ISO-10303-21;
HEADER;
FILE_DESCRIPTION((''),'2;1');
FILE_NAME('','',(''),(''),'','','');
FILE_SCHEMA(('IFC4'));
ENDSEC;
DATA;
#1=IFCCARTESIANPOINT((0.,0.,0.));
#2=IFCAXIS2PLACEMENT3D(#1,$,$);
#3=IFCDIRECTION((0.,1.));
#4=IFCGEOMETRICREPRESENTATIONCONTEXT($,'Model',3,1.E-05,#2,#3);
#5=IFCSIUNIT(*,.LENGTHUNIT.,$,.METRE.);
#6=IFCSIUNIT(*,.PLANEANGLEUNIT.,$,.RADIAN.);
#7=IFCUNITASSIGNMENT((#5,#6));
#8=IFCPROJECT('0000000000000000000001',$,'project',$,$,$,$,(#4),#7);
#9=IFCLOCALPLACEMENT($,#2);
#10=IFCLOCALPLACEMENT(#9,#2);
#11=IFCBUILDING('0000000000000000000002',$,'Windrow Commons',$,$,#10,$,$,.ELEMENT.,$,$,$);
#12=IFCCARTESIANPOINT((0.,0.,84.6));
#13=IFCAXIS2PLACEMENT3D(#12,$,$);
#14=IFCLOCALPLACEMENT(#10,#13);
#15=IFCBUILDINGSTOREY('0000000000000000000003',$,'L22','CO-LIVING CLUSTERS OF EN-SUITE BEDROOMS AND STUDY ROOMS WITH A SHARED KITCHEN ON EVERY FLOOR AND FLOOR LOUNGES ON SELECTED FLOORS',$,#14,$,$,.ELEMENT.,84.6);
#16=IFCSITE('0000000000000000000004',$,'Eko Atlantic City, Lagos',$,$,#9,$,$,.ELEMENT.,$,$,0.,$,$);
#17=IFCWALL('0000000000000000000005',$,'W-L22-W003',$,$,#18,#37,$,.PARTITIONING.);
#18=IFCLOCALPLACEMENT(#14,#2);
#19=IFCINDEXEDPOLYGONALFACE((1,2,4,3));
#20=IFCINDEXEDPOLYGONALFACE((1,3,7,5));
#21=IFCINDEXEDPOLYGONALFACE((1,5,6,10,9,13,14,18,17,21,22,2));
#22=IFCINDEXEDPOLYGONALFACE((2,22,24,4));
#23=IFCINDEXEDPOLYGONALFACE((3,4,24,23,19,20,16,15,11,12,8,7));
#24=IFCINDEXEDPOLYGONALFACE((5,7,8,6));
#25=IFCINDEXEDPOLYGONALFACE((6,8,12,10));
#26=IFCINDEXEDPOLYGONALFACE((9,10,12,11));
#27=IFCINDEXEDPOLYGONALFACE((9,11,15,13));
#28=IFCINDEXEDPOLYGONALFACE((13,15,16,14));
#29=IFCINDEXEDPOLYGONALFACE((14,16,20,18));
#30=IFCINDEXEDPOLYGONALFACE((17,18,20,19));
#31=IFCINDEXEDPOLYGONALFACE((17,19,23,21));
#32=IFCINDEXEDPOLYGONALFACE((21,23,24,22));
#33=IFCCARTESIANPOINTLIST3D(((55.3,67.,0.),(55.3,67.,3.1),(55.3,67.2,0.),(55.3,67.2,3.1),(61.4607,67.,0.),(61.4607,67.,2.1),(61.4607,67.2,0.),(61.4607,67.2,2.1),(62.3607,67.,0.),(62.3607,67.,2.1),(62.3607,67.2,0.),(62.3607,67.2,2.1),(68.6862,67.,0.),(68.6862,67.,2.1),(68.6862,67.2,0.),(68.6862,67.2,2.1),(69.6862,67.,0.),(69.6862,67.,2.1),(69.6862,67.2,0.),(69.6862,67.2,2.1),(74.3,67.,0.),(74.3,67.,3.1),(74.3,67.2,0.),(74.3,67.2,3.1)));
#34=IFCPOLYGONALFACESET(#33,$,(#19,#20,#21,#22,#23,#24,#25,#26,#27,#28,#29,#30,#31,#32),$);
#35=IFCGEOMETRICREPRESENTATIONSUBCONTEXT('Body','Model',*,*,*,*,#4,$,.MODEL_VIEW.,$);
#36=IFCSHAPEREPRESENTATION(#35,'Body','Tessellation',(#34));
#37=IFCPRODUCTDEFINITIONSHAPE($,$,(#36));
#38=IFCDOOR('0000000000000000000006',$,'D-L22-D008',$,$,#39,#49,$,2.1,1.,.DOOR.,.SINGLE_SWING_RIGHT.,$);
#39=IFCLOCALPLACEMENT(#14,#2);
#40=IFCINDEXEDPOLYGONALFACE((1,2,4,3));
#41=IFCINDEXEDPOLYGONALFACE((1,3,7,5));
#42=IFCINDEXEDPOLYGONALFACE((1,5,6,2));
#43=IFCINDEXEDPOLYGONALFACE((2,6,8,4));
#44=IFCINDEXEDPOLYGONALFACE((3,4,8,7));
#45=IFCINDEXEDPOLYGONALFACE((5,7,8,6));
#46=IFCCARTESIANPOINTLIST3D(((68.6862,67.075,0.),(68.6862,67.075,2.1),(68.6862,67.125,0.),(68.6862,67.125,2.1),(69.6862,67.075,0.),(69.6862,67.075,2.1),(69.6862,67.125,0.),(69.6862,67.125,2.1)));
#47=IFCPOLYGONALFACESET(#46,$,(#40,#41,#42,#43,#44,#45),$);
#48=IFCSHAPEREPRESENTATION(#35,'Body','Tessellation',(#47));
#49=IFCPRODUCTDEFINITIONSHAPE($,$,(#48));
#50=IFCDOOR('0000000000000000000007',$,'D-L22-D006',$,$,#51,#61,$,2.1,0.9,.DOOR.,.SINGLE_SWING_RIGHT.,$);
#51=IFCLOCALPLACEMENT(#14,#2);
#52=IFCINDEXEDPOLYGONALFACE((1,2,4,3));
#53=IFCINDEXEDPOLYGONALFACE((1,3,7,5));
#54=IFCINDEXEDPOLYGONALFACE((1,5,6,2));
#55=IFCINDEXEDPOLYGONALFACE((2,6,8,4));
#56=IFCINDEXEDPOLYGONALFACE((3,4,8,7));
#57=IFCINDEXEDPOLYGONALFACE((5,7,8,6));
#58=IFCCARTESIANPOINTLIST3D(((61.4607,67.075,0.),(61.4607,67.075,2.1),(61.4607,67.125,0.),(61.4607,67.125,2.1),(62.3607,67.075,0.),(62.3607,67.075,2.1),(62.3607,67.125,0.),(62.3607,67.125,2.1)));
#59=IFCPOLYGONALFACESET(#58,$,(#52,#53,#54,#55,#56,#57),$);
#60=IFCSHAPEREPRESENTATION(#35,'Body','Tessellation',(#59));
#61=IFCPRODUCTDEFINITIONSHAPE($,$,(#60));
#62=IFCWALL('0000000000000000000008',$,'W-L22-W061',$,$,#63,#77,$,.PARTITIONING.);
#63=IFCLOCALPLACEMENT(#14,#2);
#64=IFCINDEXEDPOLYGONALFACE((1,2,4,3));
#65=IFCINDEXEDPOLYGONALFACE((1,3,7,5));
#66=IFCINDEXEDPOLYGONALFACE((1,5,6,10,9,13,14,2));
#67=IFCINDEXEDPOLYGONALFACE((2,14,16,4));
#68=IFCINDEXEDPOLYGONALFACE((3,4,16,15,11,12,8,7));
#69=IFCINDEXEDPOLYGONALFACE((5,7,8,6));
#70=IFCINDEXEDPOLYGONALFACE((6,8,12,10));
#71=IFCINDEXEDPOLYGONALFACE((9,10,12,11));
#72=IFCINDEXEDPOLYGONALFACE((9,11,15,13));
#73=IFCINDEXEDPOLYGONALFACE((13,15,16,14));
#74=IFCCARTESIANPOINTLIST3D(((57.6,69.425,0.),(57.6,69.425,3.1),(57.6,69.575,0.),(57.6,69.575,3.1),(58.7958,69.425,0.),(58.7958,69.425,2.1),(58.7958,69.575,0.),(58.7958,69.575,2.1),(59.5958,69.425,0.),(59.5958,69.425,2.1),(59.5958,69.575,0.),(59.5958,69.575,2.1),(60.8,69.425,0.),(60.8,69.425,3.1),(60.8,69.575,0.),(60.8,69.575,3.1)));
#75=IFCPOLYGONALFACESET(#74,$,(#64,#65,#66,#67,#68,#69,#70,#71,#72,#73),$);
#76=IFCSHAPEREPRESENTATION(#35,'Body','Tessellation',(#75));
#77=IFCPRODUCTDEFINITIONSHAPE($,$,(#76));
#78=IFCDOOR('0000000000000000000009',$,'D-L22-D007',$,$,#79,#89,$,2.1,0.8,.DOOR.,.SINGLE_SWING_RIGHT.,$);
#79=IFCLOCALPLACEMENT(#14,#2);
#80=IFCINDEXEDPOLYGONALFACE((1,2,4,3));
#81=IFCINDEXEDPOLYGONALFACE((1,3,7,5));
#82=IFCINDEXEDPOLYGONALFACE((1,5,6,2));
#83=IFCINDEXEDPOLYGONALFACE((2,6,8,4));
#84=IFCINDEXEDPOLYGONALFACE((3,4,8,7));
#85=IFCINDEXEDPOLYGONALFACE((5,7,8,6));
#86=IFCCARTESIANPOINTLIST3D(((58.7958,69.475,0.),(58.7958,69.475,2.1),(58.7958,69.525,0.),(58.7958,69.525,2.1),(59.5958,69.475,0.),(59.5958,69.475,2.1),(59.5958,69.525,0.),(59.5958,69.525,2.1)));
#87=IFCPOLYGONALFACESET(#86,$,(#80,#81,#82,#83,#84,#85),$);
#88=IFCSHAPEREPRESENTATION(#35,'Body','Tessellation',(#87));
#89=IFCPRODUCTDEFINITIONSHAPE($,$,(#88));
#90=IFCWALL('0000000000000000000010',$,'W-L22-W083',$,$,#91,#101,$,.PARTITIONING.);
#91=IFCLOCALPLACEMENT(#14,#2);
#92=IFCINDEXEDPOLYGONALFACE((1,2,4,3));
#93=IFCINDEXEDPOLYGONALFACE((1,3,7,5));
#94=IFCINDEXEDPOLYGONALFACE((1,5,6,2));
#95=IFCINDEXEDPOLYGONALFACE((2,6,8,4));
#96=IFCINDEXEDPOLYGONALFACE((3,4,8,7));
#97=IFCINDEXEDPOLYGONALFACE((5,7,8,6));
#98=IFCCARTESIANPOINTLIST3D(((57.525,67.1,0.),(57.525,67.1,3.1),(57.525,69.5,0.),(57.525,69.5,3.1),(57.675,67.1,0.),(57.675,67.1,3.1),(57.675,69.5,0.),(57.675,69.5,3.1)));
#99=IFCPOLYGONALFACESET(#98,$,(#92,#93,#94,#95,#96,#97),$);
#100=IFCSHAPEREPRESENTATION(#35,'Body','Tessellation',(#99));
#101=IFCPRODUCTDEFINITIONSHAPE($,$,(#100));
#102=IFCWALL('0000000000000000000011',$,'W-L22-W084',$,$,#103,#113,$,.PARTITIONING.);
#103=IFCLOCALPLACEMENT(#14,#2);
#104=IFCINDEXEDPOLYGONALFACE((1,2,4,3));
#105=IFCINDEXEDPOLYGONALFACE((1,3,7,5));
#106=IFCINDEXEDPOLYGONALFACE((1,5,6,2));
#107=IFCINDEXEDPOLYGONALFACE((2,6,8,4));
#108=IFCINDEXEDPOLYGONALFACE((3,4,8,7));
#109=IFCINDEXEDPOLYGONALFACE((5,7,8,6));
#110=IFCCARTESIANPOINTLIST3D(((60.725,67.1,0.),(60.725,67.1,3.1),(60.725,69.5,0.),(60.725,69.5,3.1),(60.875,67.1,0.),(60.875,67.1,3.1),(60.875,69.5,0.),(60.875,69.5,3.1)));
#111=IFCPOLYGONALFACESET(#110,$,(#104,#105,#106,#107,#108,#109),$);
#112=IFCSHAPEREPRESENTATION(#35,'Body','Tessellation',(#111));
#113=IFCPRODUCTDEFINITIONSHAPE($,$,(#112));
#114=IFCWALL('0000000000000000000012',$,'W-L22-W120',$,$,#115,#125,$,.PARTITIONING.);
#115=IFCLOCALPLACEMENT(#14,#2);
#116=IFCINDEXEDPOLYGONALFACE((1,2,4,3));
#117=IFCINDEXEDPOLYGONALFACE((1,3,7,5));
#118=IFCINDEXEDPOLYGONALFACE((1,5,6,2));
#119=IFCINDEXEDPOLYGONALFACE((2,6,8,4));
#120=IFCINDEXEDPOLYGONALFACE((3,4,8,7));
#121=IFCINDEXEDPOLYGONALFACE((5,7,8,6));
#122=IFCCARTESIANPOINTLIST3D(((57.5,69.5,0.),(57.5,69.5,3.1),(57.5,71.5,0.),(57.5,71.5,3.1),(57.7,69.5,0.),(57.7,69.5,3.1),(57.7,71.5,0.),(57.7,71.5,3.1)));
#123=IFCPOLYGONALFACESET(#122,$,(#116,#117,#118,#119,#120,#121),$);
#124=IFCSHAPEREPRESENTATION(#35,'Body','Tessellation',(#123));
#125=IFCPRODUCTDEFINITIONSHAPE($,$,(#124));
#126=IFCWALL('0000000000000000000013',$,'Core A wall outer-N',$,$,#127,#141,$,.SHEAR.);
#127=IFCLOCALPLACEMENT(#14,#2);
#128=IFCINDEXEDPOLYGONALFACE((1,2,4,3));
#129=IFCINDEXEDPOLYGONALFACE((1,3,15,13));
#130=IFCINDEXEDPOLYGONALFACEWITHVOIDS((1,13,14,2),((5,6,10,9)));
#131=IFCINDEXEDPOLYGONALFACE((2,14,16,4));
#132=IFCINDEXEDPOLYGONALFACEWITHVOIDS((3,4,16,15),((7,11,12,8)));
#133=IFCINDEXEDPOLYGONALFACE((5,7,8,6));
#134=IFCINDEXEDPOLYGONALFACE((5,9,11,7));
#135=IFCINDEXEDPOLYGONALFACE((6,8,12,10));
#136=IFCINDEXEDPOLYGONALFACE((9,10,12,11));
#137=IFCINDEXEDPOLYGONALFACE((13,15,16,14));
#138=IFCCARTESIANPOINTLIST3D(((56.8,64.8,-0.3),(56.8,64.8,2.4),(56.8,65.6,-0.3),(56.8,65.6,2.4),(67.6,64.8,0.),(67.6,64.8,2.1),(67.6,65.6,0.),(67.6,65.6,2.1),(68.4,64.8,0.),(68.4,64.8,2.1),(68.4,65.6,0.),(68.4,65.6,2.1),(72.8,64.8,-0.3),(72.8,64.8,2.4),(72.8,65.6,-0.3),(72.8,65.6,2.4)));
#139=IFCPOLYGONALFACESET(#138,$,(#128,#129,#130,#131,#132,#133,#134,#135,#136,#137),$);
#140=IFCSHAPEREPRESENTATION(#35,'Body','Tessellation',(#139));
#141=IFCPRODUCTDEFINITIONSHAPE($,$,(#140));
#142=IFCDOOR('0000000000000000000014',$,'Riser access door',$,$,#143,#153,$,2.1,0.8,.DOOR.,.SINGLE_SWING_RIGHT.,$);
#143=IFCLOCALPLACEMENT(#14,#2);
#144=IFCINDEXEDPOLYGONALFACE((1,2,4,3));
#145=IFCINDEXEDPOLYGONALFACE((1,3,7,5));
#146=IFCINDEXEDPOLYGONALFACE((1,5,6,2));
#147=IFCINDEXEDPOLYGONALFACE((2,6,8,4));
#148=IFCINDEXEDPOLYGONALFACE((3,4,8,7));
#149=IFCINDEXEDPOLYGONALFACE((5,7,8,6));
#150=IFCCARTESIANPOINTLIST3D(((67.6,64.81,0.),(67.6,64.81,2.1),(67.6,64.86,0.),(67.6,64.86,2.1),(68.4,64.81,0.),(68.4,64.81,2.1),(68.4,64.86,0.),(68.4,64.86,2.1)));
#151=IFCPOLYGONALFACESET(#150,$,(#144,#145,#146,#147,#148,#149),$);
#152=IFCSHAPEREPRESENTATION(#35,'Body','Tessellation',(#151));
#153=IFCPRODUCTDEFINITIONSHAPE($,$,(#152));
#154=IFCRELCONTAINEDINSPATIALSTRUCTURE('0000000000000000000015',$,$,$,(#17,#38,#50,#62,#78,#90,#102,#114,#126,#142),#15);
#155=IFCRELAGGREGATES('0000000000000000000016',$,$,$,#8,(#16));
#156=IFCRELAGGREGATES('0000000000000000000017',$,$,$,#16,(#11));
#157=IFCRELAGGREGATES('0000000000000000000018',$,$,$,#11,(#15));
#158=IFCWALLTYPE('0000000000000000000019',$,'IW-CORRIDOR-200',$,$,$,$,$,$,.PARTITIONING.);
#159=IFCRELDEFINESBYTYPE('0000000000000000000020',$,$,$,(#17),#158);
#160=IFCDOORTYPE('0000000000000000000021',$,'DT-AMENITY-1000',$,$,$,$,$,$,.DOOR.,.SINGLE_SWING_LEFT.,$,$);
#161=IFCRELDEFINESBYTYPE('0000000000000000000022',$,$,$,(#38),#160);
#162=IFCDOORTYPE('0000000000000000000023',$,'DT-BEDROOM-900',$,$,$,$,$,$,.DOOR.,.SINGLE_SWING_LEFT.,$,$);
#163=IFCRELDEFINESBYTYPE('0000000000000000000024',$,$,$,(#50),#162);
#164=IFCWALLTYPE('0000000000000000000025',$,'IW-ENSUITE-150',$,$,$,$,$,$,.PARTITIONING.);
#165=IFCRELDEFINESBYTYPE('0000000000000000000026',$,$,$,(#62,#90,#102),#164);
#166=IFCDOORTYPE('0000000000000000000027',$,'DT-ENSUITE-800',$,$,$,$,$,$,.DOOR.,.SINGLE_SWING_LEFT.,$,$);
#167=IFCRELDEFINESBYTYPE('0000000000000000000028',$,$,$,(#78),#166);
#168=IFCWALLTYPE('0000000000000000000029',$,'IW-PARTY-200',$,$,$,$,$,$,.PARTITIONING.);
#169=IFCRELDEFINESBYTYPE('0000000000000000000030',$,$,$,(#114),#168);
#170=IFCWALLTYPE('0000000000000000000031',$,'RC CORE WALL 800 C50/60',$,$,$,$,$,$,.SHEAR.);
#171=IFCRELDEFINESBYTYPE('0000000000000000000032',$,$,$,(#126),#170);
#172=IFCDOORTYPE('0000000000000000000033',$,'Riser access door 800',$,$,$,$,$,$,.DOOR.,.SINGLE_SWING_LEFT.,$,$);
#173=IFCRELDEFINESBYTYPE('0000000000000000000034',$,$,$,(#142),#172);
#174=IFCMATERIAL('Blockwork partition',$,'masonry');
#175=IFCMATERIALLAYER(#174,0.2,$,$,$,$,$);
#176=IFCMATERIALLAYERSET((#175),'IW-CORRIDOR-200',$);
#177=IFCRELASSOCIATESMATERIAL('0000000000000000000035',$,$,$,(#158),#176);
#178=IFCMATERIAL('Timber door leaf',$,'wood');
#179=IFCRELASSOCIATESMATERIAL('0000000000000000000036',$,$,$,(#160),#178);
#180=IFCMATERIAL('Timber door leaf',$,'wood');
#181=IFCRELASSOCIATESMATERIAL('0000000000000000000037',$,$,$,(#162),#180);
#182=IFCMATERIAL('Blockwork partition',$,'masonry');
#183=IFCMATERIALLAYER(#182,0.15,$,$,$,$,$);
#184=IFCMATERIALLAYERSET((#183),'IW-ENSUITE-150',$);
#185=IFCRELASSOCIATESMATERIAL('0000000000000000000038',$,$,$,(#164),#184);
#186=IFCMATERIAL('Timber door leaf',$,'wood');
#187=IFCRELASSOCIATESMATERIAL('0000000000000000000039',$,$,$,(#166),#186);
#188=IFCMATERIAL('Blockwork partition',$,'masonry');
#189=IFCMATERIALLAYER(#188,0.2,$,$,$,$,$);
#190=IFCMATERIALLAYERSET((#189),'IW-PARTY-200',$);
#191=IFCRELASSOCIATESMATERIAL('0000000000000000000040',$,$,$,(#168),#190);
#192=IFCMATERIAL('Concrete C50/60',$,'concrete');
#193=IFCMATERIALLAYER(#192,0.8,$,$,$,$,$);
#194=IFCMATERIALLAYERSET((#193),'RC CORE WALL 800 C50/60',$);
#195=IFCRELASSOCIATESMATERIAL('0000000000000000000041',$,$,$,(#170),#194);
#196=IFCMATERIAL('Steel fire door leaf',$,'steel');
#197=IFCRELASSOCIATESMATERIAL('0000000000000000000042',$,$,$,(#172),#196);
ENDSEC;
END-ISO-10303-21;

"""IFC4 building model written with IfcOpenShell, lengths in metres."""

from ifc_helpers import new_model, si_unit, direction, frame, frame_2d, origin, place, context, subcontext, project, spatial, rectangle, extrude, material, layer, layer_set, type_object, element, fill, save


model = new_model("IFC4")

# Units and contexts
model_context = context("Model", 3, precision=1e-05, world=origin(), true_north=direction((0.0, 1.0)))
body_context = subcontext(model_context, "Body", "Model", "MODEL_VIEW")
ifc_project = project(units=[si_unit("LENGTHUNIT", "METRE"), si_unit("PLANEANGLEUNIT", "RADIAN")], contexts=[model_context])

# Site, building, storey
site_placement = place(None, origin())
site = spatial("IfcSite", under=ifc_project, at=site_placement, Name="Eko Atlantic City, Lagos", CompositionType="ELEMENT", RefElevation=0.0)
building_placement = place(site_placement, origin())
building = spatial("IfcBuilding", under=site, at=building_placement, Name="Windrow Commons", CompositionType="ELEMENT")
storey_placement = place(building_placement, frame((0.0, 0.0, 84.6)))
storey = spatial("IfcBuildingStorey", under=building, at=storey_placement, Name="L22", Description="CO-LIVING CLUSTERS OF EN-SUITE BEDROOMS AND STUDY ROOMS WITH A SHARED KITCHEN ON EVERY FLOOR AND FLOOR LOUNGES ON SELECTED FLOORS", CompositionType="ELEMENT", Elevation=84.6)

# Wall, openings, doors
ifc_material_1 = material(Name="Blockwork partition", Category="masonry")
ifc_layer_1 = layer(ifc_material_1, 0.2)
ifc_layer_set_1 = layer_set([ifc_layer_1], Name="IW-CORRIDOR-200")
wall_type_1 = type_object("IfcWallType", Name="IW-CORRIDOR-200", PredefinedType="PARTITIONING", material=ifc_layer_set_1)
wall_1_placement = place(storey_placement, frame((55.3, 67.1, 0.0), z_axis=(0.0, 0.0, 1.0), x_axis=(1.0, 0.0, 0.0)))
wall_1 = element("IfcWall", 1, at=wall_1_placement, inside=storey, type_object=wall_type_1, Name="W-L22-W003", PredefinedType="PARTITIONING", context=body_context, shape_type="SweptSolid", body=[
    extrude(rectangle(XDim=19.0, YDim=0.2, at=frame_2d((9.5, 0.0))), origin(), (0.0, 0.0, 1.0), 3.1),
])
opening_1_placement = place(wall_1_placement, frame((6.1607, 0.0, 0.0)))
opening_1 = element("IfcOpeningElement", 2, at=opening_1_placement, cuts=wall_1, PredefinedType="OPENING", context=body_context, shape_type="SweptSolid", body=[
    extrude(rectangle(XDim=0.9, YDim=2.1, at=frame_2d((0.45, 1.05))), frame((0.0, 0.11, 0.0), z_axis=(0.0, -1.0, 0.0), x_axis=(1.0, 0.0, 0.0)), (0.0, 0.0, 1.0), 0.22),
])
opening_2_placement = place(wall_1_placement, frame((13.3862, 0.0, 0.0)))
opening_2 = element("IfcOpeningElement", 3, at=opening_2_placement, cuts=wall_1, PredefinedType="OPENING", context=body_context, shape_type="SweptSolid", body=[
    extrude(rectangle(XDim=1.0, YDim=2.1, at=frame_2d((0.5, 1.05))), frame((0.0, 0.11, 0.0), z_axis=(0.0, -1.0, 0.0), x_axis=(1.0, 0.0, 0.0)), (0.0, 0.0, 1.0), 0.22),
])
ifc_material_2 = material(Name="Timber door leaf", Category="wood")
door_type_1 = type_object("IfcDoorType", Name="DT-AMENITY-1000", OperationType="SINGLE_SWING_LEFT", PredefinedType="DOOR", material=ifc_material_2)
door_1_placement = place(opening_2_placement, origin())
door_1 = element("IfcDoor", 4, at=door_1_placement, inside=storey, type_object=door_type_1, Name="D-L22-D008", OperationType="SINGLE_SWING_RIGHT", OverallHeight=2.1, OverallWidth=1.0, PredefinedType="DOOR", context=body_context, shape_type="SweptSolid", body=[
    extrude(rectangle(XDim=1.0, YDim=2.1, at=frame_2d((0.5, 1.05))), frame((0.0, 0.025, 0.0), z_axis=(0.0, -1.0, 0.0), x_axis=(1.0, 0.0, 0.0)), (0.0, 0.0, 1.0), 0.05),
])
fill(opening_2, door_1)
ifc_material_3 = material(Name="Timber door leaf", Category="wood")
door_type_2 = type_object("IfcDoorType", Name="DT-BEDROOM-900", OperationType="SINGLE_SWING_LEFT", PredefinedType="DOOR", material=ifc_material_3)
door_2_placement = place(opening_1_placement, origin())
door_2 = element("IfcDoor", 5, at=door_2_placement, inside=storey, type_object=door_type_2, Name="D-L22-D006", OperationType="SINGLE_SWING_RIGHT", OverallHeight=2.1, OverallWidth=0.9, PredefinedType="DOOR", context=body_context, shape_type="SweptSolid", body=[
    extrude(rectangle(XDim=0.9, YDim=2.1, at=frame_2d((0.45, 1.05))), frame((0.0, 0.025, 0.0), z_axis=(0.0, -1.0, 0.0), x_axis=(1.0, 0.0, 0.0)), (0.0, 0.0, 1.0), 0.05),
])
fill(opening_1, door_2)

# Wall, opening, door
ifc_material_4 = material(Name="Blockwork partition", Category="masonry")
ifc_layer_2 = layer(ifc_material_4, 0.15)
ifc_layer_set_2 = layer_set([ifc_layer_2], Name="IW-ENSUITE-150")
wall_type_2 = type_object("IfcWallType", Name="IW-ENSUITE-150", PredefinedType="PARTITIONING", material=ifc_layer_set_2)
wall_2_placement = place(storey_placement, frame((57.6, 69.5, 0.0), z_axis=(0.0, 0.0, 1.0), x_axis=(1.0, 0.0, 0.0)))
wall_2 = element("IfcWall", 6, at=wall_2_placement, inside=storey, type_object=wall_type_2, Name="W-L22-W061", PredefinedType="PARTITIONING", context=body_context, shape_type="SweptSolid", body=[
    extrude(rectangle(XDim=3.2, YDim=0.15, at=frame_2d((1.6, 0.0))), origin(), (0.0, 0.0, 1.0), 3.1),
])
opening_3_placement = place(wall_2_placement, frame((1.1958, 0.0, 0.0)))
opening_3 = element("IfcOpeningElement", 7, at=opening_3_placement, cuts=wall_2, PredefinedType="OPENING", context=body_context, shape_type="SweptSolid", body=[
    extrude(rectangle(XDim=0.8, YDim=2.1, at=frame_2d((0.4, 1.05))), frame((0.0, 0.085, 0.0), z_axis=(0.0, -1.0, 0.0), x_axis=(1.0, 0.0, 0.0)), (0.0, 0.0, 1.0), 0.17),
])
ifc_material_5 = material(Name="Timber door leaf", Category="wood")
door_type_3 = type_object("IfcDoorType", Name="DT-ENSUITE-800", OperationType="SINGLE_SWING_LEFT", PredefinedType="DOOR", material=ifc_material_5)
door_3_placement = place(opening_3_placement, origin())
door_3 = element("IfcDoor", 8, at=door_3_placement, inside=storey, type_object=door_type_3, Name="D-L22-D007", OperationType="SINGLE_SWING_RIGHT", OverallHeight=2.1, OverallWidth=0.8, PredefinedType="DOOR", context=body_context, shape_type="SweptSolid", body=[
    extrude(rectangle(XDim=0.8, YDim=2.1, at=frame_2d((0.4, 1.05))), frame((0.0, 0.025, 0.0), z_axis=(0.0, -1.0, 0.0), x_axis=(1.0, 0.0, 0.0)), (0.0, 0.0, 1.0), 0.05),
])
fill(opening_3, door_3)

# Walls
for number, where, z_axis, x_axis, name in (
    (9, (57.6, 67.1, 0.0), (0.0, 0.0, 1.0), (0.0, 1.0, 0.0), "W-L22-W083"),
    (10, (60.8, 67.1, 0.0), (0.0, 0.0, 1.0), (0.0, 1.0, 0.0), "W-L22-W084"),
):
    element("IfcWall", number, at=place(storey_placement, frame(where, z_axis=z_axis, x_axis=x_axis)), inside=storey, type_object=wall_type_2, Name=name, PredefinedType="PARTITIONING", context=body_context, shape_type="SweptSolid", body=[
        extrude(rectangle(XDim=2.4, YDim=0.15, at=frame_2d((1.2, 0.0))), origin(), (0.0, 0.0, 1.0), 3.1),
    ])
ifc_material_6 = material(Name="Blockwork partition", Category="masonry")
ifc_layer_3 = layer(ifc_material_6, 0.2)
ifc_layer_set_3 = layer_set([ifc_layer_3], Name="IW-PARTY-200")
wall_type_3 = type_object("IfcWallType", Name="IW-PARTY-200", PredefinedType="PARTITIONING", material=ifc_layer_set_3)
wall_3_placement = place(storey_placement, frame((57.6, 69.5, 0.0), z_axis=(0.0, 0.0, 1.0), x_axis=(0.0, 1.0, 0.0)))
element("IfcWall", 11, at=wall_3_placement, inside=storey, type_object=wall_type_3, Name="W-L22-W120", PredefinedType="PARTITIONING", context=body_context, shape_type="SweptSolid", body=[
    extrude(rectangle(XDim=2.0, YDim=0.2, at=frame_2d((1.0, 0.0))), origin(), (0.0, 0.0, 1.0), 3.1),
])

# Wall, opening, door
ifc_material_7 = material(Name="Concrete C50/60", Category="concrete")
ifc_layer_4 = layer(ifc_material_7, 0.8)
ifc_layer_set_4 = layer_set([ifc_layer_4], Name="RC CORE WALL 800 C50/60")
wall_type_4 = type_object("IfcWallType", Name="RC CORE WALL 800 C50/60", PredefinedType="SHEAR", material=ifc_layer_set_4)
wall_4_placement = place(storey_placement, frame((56.8, 65.2, -0.3), z_axis=(0.0, 0.0, 1.0), x_axis=(1.0, 0.0, 0.0)))
wall_4 = element("IfcWall", 12, at=wall_4_placement, inside=storey, type_object=wall_type_4, Name="Core A wall outer-N", PredefinedType="SHEAR", context=body_context, shape_type="SweptSolid", body=[
    extrude(rectangle(XDim=16.0, YDim=0.8, at=frame_2d((8.0, 0.0))), origin(), (0.0, 0.0, 1.0), 2.7),
])
opening_4_placement = place(wall_4_placement, frame((10.8, 0.0, 0.3)))
opening_4 = element("IfcOpeningElement", 13, at=opening_4_placement, cuts=wall_4, PredefinedType="OPENING", context=body_context, shape_type="SweptSolid", body=[
    extrude(rectangle(XDim=0.8, YDim=2.1, at=frame_2d((0.4, 1.05))), frame((0.0, 0.41, 0.0), z_axis=(0.0, -1.0, 0.0), x_axis=(1.0, 0.0, 0.0)), (0.0, 0.0, 1.0), 0.82),
])
ifc_material_8 = material(Name="Steel fire door leaf", Category="steel")
door_type_4 = type_object("IfcDoorType", Name="Riser access door 800", OperationType="SINGLE_SWING_LEFT", PredefinedType="DOOR", material=ifc_material_8)
door_4_placement = place(opening_4_placement, origin())
door_4 = element("IfcDoor", 14, at=door_4_placement, inside=storey, type_object=door_type_4, Name="Riser access door", OperationType="SINGLE_SWING_RIGHT", OverallHeight=2.1, OverallWidth=0.8, PredefinedType="DOOR", context=body_context, shape_type="SweptSolid", body=[
    extrude(rectangle(XDim=0.8, YDim=2.1, at=frame_2d((0.4, 1.05))), frame((0.0, -0.34, 0.0), z_axis=(0.0, -1.0, 0.0), x_axis=(1.0, 0.0, 0.0)), (0.0, 0.0, 1.0), 0.05),
])
fill(opening_4, door_4)

save(model, "model.ifc")
